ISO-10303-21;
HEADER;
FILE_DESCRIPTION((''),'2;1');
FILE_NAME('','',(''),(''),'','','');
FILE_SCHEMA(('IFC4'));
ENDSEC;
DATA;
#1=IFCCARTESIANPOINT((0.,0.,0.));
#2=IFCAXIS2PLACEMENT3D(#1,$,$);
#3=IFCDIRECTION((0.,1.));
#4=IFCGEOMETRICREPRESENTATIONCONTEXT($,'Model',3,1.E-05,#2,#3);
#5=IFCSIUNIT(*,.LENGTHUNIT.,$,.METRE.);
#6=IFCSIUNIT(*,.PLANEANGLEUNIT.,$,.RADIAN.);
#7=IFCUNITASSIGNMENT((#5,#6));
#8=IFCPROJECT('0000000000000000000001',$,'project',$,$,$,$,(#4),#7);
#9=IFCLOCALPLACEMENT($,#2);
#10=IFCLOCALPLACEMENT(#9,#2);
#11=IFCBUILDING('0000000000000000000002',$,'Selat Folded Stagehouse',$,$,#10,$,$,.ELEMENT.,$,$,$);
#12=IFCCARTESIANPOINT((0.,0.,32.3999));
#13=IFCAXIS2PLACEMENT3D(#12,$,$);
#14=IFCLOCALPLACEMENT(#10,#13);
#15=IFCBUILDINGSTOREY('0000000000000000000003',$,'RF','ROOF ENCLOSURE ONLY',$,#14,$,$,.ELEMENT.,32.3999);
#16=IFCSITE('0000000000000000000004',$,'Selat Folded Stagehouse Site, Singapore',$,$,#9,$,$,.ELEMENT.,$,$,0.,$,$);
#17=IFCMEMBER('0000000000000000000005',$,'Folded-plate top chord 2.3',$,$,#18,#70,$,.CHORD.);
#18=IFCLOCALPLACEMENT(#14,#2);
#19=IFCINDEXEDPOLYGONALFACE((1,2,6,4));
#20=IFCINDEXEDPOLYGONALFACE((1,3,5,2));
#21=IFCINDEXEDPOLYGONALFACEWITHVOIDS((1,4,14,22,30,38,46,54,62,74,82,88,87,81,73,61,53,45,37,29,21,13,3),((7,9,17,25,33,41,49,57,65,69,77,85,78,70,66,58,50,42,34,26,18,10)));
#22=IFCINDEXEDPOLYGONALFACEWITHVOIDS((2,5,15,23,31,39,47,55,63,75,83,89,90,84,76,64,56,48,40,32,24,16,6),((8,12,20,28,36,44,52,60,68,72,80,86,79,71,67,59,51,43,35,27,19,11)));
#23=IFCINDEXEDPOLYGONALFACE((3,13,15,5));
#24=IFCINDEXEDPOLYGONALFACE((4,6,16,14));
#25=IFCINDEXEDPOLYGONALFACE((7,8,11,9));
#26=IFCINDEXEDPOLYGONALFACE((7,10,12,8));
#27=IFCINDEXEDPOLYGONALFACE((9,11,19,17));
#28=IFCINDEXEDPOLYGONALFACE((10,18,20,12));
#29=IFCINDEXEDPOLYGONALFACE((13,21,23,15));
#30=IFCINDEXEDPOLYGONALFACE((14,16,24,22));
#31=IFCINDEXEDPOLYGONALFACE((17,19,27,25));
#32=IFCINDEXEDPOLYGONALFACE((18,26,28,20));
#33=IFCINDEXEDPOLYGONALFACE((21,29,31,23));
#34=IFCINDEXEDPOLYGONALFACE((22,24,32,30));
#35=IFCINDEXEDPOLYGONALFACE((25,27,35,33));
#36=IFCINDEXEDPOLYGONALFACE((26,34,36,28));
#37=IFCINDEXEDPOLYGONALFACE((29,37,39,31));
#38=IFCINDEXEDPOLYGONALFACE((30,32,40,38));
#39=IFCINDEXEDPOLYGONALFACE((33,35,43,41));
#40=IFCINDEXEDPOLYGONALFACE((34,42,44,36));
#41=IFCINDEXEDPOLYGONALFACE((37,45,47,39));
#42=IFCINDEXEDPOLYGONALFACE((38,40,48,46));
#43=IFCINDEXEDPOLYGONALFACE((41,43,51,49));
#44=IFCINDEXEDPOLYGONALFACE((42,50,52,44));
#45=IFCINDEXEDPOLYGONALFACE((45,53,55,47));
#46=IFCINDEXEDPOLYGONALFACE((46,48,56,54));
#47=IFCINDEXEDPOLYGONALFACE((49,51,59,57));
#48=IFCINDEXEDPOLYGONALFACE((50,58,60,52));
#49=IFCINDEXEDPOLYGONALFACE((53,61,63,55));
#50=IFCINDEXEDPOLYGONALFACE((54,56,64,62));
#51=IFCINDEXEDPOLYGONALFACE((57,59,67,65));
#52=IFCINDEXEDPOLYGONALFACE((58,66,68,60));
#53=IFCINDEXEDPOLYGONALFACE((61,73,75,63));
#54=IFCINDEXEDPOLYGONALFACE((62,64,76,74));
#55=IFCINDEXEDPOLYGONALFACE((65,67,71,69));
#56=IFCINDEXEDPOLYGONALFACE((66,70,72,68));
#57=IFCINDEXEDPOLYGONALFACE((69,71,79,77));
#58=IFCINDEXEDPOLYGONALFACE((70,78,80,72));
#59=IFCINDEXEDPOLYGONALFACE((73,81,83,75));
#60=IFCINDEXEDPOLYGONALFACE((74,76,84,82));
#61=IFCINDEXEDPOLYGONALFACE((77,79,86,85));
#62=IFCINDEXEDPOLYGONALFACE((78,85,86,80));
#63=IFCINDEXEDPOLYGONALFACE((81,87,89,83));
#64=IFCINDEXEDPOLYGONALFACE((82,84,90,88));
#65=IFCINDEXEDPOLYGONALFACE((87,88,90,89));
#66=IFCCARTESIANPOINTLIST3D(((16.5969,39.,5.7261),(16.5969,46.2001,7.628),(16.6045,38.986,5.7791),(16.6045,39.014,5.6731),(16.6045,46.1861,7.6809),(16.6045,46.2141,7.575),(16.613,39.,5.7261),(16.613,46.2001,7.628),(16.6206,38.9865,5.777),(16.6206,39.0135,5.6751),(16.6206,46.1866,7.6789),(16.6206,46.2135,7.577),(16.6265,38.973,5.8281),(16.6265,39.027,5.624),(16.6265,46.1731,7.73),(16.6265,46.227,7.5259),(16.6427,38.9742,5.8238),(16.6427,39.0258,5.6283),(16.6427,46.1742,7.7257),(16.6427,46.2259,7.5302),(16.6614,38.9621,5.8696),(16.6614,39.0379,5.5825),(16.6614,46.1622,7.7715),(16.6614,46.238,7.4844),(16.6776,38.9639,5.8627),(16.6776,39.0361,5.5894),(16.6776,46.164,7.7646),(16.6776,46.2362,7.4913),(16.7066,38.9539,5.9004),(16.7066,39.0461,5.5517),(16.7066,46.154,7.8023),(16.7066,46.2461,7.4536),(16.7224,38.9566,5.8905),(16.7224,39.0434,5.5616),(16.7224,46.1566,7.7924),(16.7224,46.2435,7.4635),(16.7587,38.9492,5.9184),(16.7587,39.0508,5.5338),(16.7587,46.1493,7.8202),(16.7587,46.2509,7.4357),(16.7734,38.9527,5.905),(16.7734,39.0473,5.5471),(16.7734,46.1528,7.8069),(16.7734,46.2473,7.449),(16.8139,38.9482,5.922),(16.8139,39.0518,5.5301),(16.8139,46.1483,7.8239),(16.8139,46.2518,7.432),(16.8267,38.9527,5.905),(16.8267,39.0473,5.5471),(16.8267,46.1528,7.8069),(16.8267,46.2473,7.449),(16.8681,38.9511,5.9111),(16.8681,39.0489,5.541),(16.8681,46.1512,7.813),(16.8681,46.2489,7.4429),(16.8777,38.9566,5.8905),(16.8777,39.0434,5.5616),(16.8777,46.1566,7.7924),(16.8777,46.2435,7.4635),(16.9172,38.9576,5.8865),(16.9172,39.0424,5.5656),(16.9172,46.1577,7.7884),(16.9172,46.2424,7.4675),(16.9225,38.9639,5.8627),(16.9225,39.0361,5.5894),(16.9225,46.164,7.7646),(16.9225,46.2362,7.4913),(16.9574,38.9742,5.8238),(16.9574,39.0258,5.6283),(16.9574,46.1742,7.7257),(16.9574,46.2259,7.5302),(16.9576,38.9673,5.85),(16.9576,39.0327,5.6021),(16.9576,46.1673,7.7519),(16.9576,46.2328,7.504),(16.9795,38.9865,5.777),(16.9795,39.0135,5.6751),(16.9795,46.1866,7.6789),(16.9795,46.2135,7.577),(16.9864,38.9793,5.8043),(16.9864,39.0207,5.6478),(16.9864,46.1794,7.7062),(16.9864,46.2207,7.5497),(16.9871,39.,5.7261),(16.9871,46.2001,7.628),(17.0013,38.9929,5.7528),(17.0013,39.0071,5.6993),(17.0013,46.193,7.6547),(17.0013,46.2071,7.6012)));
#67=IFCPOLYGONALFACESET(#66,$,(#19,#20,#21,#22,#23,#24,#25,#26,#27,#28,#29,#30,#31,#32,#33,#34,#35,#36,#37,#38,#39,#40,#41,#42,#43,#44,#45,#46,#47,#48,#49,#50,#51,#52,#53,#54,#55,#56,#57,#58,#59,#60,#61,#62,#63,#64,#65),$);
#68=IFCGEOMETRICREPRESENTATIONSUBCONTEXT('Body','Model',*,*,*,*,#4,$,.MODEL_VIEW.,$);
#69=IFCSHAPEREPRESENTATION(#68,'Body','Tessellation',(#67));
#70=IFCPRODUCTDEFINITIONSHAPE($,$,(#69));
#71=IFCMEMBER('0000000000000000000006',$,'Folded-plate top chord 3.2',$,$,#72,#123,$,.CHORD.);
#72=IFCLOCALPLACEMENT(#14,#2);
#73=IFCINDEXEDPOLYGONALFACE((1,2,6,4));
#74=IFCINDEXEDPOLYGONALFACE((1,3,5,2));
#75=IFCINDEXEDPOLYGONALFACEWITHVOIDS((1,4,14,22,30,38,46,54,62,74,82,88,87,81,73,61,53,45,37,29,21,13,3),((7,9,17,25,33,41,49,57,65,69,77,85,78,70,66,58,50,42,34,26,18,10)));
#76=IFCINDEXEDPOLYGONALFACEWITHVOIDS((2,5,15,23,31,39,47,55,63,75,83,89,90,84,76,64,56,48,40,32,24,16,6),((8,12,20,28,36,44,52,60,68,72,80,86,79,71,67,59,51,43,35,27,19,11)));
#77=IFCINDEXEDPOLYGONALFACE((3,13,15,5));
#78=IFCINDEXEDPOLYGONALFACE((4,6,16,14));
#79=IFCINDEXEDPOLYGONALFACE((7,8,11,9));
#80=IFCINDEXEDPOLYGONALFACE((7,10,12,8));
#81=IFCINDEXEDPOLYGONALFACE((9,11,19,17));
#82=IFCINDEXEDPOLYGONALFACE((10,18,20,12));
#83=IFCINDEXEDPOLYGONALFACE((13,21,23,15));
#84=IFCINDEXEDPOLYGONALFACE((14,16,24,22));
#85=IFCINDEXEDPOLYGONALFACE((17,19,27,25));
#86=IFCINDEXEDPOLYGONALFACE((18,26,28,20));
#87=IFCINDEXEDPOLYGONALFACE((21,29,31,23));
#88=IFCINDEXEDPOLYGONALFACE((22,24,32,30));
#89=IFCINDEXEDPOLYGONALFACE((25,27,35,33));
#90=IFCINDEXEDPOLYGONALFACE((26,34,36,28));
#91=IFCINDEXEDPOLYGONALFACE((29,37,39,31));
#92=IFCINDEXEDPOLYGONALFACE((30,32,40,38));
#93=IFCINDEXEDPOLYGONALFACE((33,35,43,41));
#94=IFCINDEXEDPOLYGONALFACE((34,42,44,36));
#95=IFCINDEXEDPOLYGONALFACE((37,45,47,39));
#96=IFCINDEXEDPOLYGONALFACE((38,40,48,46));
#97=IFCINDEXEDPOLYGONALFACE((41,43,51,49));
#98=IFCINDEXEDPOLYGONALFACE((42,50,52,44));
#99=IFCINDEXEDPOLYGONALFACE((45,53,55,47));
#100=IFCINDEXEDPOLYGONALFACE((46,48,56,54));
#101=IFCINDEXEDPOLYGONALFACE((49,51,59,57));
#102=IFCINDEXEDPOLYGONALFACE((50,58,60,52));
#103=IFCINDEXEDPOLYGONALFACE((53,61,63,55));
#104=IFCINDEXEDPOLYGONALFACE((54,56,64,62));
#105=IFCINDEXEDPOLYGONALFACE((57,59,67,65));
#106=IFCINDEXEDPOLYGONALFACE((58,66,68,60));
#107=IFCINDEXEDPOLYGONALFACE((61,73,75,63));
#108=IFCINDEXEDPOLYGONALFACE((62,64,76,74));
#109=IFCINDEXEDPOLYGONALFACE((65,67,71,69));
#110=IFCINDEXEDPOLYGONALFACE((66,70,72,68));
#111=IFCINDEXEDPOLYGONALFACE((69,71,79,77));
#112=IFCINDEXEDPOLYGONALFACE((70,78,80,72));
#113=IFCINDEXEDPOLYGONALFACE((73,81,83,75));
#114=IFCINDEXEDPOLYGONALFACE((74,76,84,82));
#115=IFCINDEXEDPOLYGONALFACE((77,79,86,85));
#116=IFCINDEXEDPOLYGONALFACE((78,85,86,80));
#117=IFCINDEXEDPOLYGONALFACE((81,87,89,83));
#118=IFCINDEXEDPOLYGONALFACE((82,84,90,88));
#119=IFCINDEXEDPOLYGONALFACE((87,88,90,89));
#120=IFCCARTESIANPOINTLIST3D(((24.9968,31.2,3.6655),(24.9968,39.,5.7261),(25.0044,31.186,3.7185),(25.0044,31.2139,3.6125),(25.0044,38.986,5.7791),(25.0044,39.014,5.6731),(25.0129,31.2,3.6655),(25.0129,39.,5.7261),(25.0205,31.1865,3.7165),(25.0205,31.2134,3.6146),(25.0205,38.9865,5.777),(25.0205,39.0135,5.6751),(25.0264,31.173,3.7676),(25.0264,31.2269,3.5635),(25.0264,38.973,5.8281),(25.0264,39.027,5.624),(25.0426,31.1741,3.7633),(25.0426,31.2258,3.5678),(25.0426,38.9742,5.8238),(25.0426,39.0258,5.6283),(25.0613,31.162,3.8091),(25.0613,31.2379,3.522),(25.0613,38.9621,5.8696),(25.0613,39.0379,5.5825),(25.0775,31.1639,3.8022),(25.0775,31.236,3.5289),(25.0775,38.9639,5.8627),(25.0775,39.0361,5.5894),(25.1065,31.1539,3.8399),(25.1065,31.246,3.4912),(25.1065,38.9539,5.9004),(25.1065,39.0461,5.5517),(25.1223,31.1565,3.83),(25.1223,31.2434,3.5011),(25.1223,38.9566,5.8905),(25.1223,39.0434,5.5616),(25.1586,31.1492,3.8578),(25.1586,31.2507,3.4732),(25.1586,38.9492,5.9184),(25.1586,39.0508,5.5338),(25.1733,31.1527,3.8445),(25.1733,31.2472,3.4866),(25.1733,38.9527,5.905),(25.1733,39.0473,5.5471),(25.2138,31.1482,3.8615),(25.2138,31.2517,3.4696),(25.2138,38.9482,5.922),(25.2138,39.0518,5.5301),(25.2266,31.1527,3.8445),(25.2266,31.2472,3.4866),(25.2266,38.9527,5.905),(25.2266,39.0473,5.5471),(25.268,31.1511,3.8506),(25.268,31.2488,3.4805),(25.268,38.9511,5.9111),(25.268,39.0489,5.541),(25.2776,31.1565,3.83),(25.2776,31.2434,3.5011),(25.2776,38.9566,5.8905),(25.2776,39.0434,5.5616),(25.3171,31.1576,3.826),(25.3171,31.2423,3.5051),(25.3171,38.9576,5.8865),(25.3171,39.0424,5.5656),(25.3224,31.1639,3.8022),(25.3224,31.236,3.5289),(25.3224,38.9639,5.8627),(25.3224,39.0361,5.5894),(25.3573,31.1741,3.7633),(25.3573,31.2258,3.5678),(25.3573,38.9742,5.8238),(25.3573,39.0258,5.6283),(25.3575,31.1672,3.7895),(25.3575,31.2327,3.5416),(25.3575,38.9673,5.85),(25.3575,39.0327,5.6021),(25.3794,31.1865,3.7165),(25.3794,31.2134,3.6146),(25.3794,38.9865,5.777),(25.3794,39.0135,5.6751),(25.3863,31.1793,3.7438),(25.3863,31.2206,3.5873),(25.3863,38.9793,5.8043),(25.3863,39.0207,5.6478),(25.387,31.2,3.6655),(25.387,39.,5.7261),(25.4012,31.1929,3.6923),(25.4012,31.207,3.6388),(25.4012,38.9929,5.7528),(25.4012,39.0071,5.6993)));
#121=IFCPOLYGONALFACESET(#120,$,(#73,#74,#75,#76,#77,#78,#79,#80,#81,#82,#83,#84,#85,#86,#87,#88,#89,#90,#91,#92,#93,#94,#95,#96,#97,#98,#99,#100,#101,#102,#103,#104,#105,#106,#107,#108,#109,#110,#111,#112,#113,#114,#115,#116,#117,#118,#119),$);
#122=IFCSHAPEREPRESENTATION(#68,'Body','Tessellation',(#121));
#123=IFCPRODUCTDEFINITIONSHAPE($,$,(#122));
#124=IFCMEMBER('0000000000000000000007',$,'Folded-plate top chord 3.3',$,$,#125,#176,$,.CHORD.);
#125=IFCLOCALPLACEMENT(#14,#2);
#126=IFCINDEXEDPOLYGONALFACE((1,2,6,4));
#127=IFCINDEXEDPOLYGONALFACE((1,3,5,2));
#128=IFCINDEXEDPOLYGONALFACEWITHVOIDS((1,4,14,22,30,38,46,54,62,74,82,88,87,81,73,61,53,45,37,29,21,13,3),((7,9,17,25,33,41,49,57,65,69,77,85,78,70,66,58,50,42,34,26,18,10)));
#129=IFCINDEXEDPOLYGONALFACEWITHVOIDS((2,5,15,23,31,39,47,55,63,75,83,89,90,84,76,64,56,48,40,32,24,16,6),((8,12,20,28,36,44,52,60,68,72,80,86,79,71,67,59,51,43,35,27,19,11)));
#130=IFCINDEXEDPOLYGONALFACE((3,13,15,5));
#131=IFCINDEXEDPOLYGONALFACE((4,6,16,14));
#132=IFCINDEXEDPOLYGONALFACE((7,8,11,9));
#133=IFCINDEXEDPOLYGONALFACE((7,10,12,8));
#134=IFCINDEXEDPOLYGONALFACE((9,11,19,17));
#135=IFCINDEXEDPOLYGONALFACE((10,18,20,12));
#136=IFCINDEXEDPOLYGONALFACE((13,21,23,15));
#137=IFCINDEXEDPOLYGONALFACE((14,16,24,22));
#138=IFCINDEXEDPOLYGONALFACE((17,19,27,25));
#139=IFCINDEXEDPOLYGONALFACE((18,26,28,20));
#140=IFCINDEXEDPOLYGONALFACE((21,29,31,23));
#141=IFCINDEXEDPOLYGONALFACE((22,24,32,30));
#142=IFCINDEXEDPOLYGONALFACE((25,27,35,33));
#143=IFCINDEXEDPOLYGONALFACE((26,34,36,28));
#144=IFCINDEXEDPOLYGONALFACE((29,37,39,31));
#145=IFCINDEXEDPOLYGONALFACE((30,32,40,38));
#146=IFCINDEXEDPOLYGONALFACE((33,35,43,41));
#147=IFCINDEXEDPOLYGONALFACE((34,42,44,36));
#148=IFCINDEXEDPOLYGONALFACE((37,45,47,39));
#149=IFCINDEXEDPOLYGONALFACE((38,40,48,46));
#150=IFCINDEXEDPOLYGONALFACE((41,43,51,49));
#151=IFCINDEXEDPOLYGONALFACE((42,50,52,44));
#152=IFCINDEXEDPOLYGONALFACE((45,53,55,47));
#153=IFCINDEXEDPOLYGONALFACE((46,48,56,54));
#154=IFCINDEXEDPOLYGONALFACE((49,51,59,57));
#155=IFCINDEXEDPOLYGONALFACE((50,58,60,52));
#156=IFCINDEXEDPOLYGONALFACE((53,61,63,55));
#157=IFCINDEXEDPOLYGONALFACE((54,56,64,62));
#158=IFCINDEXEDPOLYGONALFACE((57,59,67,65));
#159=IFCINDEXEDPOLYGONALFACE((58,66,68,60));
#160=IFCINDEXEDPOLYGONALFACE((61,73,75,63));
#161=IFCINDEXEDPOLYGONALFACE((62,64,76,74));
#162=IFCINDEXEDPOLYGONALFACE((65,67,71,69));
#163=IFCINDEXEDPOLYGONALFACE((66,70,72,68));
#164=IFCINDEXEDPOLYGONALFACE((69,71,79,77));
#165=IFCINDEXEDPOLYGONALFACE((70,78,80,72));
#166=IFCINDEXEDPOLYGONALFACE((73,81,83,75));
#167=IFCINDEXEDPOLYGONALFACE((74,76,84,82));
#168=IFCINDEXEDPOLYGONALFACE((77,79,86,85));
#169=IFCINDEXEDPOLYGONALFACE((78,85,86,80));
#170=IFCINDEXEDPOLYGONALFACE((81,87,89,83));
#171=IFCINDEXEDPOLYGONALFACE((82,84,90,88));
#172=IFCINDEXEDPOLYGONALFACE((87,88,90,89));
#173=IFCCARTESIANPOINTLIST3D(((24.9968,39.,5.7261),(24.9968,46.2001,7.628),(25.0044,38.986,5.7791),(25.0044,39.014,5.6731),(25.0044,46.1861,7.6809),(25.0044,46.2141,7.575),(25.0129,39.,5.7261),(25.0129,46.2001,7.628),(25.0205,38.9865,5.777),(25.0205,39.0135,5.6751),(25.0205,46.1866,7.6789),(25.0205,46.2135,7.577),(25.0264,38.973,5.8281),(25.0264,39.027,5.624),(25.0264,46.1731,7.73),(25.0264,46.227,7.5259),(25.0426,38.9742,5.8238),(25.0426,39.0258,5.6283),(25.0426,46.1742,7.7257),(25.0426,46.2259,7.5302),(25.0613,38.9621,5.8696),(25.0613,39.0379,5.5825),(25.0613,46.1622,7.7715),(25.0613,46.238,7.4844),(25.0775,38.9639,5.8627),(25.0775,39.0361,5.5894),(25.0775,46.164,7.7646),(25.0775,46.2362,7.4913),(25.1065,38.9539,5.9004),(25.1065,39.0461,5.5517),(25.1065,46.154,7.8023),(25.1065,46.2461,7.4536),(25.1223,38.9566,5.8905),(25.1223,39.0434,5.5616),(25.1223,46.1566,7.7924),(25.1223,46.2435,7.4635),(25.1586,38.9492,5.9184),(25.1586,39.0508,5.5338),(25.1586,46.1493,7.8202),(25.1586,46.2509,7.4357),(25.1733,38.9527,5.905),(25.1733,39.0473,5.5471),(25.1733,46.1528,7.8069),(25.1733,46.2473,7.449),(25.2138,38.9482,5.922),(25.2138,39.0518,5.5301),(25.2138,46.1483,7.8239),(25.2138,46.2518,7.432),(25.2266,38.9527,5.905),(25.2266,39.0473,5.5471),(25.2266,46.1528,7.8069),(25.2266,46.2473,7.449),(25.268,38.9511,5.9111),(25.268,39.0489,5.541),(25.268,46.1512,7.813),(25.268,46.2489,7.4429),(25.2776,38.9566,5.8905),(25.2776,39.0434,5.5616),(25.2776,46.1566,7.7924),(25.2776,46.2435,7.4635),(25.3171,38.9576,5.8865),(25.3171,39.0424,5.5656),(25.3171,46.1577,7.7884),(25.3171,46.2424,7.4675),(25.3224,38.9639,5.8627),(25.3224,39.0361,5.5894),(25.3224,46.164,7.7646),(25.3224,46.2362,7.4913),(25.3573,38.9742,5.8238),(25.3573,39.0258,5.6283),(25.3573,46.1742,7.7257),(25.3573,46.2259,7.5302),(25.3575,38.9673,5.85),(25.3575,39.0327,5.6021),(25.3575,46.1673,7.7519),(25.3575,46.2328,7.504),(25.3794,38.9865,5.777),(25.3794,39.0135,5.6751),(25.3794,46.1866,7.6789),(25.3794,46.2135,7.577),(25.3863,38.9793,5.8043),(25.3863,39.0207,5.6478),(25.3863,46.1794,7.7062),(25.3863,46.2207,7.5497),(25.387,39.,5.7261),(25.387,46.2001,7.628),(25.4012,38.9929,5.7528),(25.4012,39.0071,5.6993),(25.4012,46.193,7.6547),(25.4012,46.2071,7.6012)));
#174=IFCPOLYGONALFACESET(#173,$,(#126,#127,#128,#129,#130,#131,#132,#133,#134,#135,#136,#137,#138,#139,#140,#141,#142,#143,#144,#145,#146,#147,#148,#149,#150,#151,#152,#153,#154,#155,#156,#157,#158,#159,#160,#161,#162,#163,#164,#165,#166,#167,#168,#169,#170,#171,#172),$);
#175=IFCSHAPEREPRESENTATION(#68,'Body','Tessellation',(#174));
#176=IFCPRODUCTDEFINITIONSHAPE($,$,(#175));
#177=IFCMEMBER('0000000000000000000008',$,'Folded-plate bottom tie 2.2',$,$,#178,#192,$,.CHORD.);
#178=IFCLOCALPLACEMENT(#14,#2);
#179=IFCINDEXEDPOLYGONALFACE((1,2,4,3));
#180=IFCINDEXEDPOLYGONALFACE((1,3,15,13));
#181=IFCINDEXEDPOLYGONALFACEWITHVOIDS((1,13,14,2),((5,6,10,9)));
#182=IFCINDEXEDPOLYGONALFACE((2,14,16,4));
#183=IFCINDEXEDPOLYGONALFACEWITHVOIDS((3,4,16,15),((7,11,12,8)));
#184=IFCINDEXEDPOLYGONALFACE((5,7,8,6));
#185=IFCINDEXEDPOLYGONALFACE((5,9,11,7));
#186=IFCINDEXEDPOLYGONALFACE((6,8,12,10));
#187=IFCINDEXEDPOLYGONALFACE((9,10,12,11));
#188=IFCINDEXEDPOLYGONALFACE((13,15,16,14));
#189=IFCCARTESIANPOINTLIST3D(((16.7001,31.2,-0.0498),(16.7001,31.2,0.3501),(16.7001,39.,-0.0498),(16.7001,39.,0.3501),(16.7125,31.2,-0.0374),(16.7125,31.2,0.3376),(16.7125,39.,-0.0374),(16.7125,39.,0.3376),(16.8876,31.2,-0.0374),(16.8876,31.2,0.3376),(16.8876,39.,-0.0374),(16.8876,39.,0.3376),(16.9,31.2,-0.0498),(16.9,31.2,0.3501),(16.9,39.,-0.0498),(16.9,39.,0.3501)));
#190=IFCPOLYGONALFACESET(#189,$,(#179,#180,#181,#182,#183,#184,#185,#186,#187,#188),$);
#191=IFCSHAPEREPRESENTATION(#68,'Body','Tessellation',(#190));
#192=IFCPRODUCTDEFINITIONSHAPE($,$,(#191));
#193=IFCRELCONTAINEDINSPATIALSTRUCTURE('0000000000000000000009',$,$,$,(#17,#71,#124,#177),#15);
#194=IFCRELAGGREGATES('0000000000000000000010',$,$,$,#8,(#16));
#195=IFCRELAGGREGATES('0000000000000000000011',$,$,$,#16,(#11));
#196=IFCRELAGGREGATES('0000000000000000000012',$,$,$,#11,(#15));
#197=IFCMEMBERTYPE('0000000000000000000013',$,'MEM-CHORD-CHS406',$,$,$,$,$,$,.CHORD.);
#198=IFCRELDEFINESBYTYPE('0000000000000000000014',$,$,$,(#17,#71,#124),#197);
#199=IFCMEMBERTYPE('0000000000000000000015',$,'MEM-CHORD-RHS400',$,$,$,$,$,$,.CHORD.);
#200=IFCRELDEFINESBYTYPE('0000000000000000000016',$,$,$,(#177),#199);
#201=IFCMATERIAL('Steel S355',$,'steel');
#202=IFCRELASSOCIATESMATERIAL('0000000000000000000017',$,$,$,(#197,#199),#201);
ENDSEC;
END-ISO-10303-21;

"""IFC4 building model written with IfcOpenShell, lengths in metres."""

from ifc_helpers import new_model, si_unit, direction, frame, origin, origin_2d, place, context, subcontext, project, spatial, hollow_rectangle, hollow_circle, extrude, material, material_profile, profile_set, type_object, element, save


model = new_model("IFC4")

# Units and contexts
model_context = context("Model", 3, precision=1e-05, world=origin(), true_north=direction((0.0, 1.0)))
body_context = subcontext(model_context, "Body", "Model", "MODEL_VIEW")
ifc_project = project(units=[si_unit("LENGTHUNIT", "METRE"), si_unit("PLANEANGLEUNIT", "RADIAN")], contexts=[model_context])

# Site, building, storey
site_placement = place(None, origin())
site = spatial("IfcSite", under=ifc_project, at=site_placement, Name="Selat Folded Stagehouse Site, Singapore", CompositionType="ELEMENT", RefElevation=0.0)
building_placement = place(site_placement, origin())
building = spatial("IfcBuilding", under=site, at=building_placement, Name="Selat Folded Stagehouse", CompositionType="ELEMENT")
storey_placement = place(building_placement, frame((0.0, 0.0, 32.3999)))
storey = spatial("IfcBuildingStorey", under=building, at=storey_placement, Name="RF", Description="ROOF ENCLOSURE ONLY", CompositionType="ELEMENT", Elevation=32.3999)

# Shared definitions
ifc_material = material(Name="Steel S355", Category="steel")

# Members
ifc_material_profile_1 = material_profile(ifc_material, hollow_circle(Radius=0.2031, WallThickness=0.0161, at=origin_2d()), Name="CHS 406.4x16.0")
ifc_profile_set_1 = profile_set([ifc_material_profile_1], Name="Steel S355")
member_type_1 = type_object("IfcMemberType", Name="MEM-CHORD-CHS406", PredefinedType="CHORD", material=ifc_profile_set_1)
member_1_placement = place(storey_placement, frame((16.8, 39.0, 5.7261), z_axis=(0.0, 0.966838, 0.255389), x_axis=(-1.0, 0.0, 0.0)))
element("IfcMember", 1, at=member_1_placement, inside=storey, type_object=member_type_1, Name="Folded-plate top chord 2.3", PredefinedType="CHORD", context=body_context, shape_type="SweptSolid", body=[
    extrude(hollow_circle(Radius=0.2031, WallThickness=0.0161, at=origin_2d()), origin(), (0.0, 0.0, 1.0), 7.447),
])
member_2_placement = place(storey_placement, frame((25.2, 31.2, 3.6655), z_axis=(0.0, 0.966833, 0.255409), x_axis=(-1.0, 0.0, 0.0)))
element("IfcMember", 2, at=member_2_placement, inside=storey, type_object=member_type_1, Name="Folded-plate top chord 3.2", PredefinedType="CHORD", context=body_context, shape_type="SweptSolid", body=[
    extrude(hollow_circle(Radius=0.2031, WallThickness=0.0161, at=origin_2d()), origin(), (0.0, 0.0, 1.0), 8.0676),
])
member_3_placement = place(storey_placement, frame((25.2, 39.0, 5.7261), z_axis=(0.0, 0.966838, 0.255389), x_axis=(-1.0, 0.0, 0.0)))
element("IfcMember", 3, at=member_3_placement, inside=storey, type_object=member_type_1, Name="Folded-plate top chord 3.3", PredefinedType="CHORD", context=body_context, shape_type="SweptSolid", body=[
    extrude(hollow_circle(Radius=0.2031, WallThickness=0.0161, at=origin_2d()), origin(), (0.0, 0.0, 1.0), 7.447),
])
ifc_material_profile_2 = material_profile(ifc_material, hollow_rectangle(XDim=0.2, YDim=0.3999, WallThickness=0.0125, at=origin_2d()), Name="RHS 400x200x12.5")
ifc_profile_set_2 = profile_set([ifc_material_profile_2], Name="Steel S355")
member_type_2 = type_object("IfcMemberType", Name="MEM-CHORD-RHS400", PredefinedType="CHORD", material=ifc_profile_set_2)
member_4_placement = place(storey_placement, frame((16.8, 31.2, 0.1501), z_axis=(0.0, 1.0, 0.0), x_axis=(-1.0, 0.0, 0.0)))
element("IfcMember", 4, at=member_4_placement, inside=storey, type_object=member_type_2, Name="Folded-plate bottom tie 2.2", PredefinedType="CHORD", context=body_context, shape_type="SweptSolid", body=[
    extrude(hollow_rectangle(XDim=0.2, YDim=0.3999, WallThickness=0.0125, at=origin_2d()), origin(), (0.0, 0.0, 1.0), 7.8),
])

save(model, "model.ifc")
